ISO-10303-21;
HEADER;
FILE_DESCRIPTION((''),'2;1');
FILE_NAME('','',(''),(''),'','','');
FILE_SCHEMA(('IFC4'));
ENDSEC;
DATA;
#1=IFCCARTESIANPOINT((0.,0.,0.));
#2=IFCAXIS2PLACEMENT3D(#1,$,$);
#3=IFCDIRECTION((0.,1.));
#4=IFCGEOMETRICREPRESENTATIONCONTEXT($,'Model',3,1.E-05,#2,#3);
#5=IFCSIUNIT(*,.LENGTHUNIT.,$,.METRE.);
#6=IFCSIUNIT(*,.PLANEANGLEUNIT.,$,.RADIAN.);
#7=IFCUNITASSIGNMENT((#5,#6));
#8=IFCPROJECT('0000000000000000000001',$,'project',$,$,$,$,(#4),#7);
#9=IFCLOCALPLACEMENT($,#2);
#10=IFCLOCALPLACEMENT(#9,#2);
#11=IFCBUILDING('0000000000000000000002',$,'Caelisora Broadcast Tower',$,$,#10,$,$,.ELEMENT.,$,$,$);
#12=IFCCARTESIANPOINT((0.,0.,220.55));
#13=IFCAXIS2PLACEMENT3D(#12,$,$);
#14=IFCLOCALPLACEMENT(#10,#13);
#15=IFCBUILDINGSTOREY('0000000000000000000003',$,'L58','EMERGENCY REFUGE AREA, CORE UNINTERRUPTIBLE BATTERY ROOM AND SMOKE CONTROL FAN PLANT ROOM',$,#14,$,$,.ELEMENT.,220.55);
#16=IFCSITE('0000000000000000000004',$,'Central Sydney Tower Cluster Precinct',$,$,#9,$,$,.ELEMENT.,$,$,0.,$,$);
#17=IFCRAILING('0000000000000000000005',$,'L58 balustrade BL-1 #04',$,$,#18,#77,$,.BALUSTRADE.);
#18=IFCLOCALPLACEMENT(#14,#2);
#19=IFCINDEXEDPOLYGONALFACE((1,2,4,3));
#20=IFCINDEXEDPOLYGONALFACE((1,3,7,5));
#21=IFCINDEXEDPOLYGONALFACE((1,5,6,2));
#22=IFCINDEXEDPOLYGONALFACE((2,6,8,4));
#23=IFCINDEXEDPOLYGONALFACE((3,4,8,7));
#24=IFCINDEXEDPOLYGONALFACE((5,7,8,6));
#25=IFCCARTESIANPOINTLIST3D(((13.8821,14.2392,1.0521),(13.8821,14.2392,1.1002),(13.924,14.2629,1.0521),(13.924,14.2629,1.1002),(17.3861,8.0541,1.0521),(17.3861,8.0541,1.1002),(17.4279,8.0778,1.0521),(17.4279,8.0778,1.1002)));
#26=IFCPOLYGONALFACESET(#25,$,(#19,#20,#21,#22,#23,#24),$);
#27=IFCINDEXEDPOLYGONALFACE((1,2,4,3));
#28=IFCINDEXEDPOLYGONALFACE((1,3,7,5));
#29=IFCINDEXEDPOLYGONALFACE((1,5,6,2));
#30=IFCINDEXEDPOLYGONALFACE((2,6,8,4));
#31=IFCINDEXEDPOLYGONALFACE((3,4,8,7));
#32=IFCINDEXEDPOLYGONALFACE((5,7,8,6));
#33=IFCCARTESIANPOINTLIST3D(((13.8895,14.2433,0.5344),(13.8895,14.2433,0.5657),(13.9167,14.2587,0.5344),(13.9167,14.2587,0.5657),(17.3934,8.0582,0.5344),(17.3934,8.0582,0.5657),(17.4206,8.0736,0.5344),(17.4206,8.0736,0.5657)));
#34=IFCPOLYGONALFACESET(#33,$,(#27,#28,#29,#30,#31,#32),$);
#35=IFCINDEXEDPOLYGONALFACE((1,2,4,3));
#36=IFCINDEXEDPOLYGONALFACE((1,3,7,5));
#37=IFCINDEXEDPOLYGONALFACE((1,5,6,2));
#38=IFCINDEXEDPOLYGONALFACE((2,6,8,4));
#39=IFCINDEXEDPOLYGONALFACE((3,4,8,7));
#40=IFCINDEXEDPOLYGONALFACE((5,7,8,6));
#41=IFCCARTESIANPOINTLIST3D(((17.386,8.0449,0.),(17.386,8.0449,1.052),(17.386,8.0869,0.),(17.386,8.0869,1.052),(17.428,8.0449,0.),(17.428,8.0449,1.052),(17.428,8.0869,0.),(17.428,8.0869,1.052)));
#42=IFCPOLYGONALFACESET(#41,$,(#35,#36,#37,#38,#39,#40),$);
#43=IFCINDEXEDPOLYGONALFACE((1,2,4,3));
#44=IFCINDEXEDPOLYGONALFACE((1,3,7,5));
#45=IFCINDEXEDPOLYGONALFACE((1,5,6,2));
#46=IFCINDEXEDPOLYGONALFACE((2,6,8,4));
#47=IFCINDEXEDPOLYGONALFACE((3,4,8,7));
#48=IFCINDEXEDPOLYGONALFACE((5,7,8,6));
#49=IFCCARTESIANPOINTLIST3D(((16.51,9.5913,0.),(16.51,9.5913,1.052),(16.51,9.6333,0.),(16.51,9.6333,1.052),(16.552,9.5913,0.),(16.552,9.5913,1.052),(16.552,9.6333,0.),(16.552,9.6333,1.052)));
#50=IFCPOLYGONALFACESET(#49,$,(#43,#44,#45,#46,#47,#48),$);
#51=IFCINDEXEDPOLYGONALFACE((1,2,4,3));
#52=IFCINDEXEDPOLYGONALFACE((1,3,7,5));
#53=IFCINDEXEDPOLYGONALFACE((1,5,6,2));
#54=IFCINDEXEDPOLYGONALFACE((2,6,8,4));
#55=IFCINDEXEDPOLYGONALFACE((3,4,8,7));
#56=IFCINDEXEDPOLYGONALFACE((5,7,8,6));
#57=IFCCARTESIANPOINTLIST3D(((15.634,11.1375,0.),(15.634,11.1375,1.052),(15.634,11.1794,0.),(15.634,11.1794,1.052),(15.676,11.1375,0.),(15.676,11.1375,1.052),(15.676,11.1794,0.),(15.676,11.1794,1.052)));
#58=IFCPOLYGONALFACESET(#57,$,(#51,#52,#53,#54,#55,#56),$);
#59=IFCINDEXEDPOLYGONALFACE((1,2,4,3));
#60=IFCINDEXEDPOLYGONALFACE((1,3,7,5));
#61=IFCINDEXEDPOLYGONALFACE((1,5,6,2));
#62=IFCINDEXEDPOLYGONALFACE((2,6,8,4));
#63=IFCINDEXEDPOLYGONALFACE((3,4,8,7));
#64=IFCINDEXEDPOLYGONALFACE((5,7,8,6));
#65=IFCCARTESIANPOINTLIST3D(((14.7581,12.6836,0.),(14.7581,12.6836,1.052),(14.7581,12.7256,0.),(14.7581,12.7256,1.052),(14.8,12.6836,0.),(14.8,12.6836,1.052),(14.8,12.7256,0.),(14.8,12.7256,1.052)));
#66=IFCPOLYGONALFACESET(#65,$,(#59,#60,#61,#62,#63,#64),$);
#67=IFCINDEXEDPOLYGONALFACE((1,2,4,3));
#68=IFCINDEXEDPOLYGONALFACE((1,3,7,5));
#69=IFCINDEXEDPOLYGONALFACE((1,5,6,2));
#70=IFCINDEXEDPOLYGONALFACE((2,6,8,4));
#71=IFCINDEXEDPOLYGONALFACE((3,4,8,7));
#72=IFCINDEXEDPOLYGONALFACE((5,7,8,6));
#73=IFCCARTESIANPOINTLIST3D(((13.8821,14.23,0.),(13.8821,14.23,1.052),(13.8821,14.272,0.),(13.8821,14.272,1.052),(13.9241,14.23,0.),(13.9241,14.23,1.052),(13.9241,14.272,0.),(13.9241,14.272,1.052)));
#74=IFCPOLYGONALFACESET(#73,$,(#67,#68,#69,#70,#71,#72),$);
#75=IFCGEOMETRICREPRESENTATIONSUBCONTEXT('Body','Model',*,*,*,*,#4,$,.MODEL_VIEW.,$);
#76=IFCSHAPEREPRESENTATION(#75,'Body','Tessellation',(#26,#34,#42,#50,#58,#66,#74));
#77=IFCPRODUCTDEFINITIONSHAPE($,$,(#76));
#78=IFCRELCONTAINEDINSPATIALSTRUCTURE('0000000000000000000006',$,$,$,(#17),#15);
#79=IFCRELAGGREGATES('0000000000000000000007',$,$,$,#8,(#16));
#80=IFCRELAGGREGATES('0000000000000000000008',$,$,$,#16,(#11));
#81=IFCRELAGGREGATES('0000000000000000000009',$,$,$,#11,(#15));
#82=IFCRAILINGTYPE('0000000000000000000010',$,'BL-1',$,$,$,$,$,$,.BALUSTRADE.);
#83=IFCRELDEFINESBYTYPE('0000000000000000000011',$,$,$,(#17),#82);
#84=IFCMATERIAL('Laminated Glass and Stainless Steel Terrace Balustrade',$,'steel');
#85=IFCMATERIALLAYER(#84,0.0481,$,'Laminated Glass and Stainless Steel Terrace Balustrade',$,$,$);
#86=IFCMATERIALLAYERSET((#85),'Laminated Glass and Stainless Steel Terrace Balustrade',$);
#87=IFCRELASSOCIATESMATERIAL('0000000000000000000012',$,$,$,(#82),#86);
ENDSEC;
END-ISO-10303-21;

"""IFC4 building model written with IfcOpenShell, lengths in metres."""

from ifc_helpers import new_model, si_unit, direction, frame, origin, origin_2d, place, context, subcontext, project, spatial, rectangle, extrude, material, layer, layer_set, type_object, element, save


model = new_model("IFC4")

# Units and contexts
model_context = context("Model", 3, precision=1e-05, world=origin(), true_north=direction((0.0, 1.0)))
body_context = subcontext(model_context, "Body", "Model", "MODEL_VIEW")
ifc_project = project(units=[si_unit("LENGTHUNIT", "METRE"), si_unit("PLANEANGLEUNIT", "RADIAN")], contexts=[model_context])

# Site, building, storey
site_placement = place(None, origin())
site = spatial("IfcSite", under=ifc_project, at=site_placement, Name="Central Sydney Tower Cluster Precinct", CompositionType="ELEMENT", RefElevation=0.0)
building_placement = place(site_placement, origin())
building = spatial("IfcBuilding", under=site, at=building_placement, Name="Caelisora Broadcast Tower", CompositionType="ELEMENT")
storey_placement = place(building_placement, frame((0.0, 0.0, 220.55)))
storey = spatial("IfcBuildingStorey", under=building, at=storey_placement, Name="L58", Description="EMERGENCY REFUGE AREA, CORE UNINTERRUPTIBLE BATTERY ROOM AND SMOKE CONTROL FAN PLANT ROOM", CompositionType="ELEMENT", Elevation=220.55)

# Railing
ifc_material_1 = material(Name="Laminated Glass and Stainless Steel Terrace Balustrade", Category="steel")
ifc_layer_1 = layer(ifc_material_1, 0.0481, Name="Laminated Glass and Stainless Steel Terrace Balustrade")
ifc_layer_set_1 = layer_set([ifc_layer_1], Name="Laminated Glass and Stainless Steel Terrace Balustrade")
railing_type = type_object("IfcRailingType", Name="BL-1", PredefinedType="BALUSTRADE", material=ifc_layer_set_1)
railing_1_placement = place(storey_placement, frame((17.407, 8.0659, 0.0)))
element("IfcRailing", 1, at=railing_1_placement, inside=storey, type_object=railing_type, Name="L58 balustrade BL-1 #04", PredefinedType="BALUSTRADE", context=body_context, shape_type="SweptSolid", body=[
    extrude(rectangle(XDim=0.0481, YDim=0.0481, at=origin_2d()), frame((0.0, 0.0, 1.0762), z_axis=(-0.49291, 0.87008, 0.0), x_axis=(-0.87008, -0.49291, 0.0)), (0.0, 0.0, 1.0), 7.1086),
    extrude(rectangle(XDim=0.0312, YDim=0.0312, at=origin_2d()), frame((0.0, 0.0, 0.55), z_axis=(-0.49291, 0.87008, 0.0), x_axis=(-0.87008, -0.49291, 0.0)), (0.0, 0.0, 1.0), 7.1086),
    extrude(rectangle(XDim=0.042, YDim=0.042, at=origin_2d()), origin(), (0.0, 0.0, 1.0), 1.052),
    extrude(rectangle(XDim=0.042, YDim=0.042, at=origin_2d()), frame((-0.876, 1.5464, 0.0)), (0.0, 0.0, 1.0), 1.052),
    extrude(rectangle(XDim=0.042, YDim=0.042, at=origin_2d()), frame((-1.752, 3.0925, 0.0)), (0.0, 0.0, 1.0), 1.052),
    extrude(rectangle(XDim=0.042, YDim=0.042, at=origin_2d()), frame((-2.6279, 4.6387, 0.0)), (0.0, 0.0, 1.0), 1.052),
    extrude(rectangle(XDim=0.042, YDim=0.042, at=origin_2d()), frame((-3.5039, 6.1851, 0.0)), (0.0, 0.0, 1.0), 1.052),
])

save(model, "model.ifc")
